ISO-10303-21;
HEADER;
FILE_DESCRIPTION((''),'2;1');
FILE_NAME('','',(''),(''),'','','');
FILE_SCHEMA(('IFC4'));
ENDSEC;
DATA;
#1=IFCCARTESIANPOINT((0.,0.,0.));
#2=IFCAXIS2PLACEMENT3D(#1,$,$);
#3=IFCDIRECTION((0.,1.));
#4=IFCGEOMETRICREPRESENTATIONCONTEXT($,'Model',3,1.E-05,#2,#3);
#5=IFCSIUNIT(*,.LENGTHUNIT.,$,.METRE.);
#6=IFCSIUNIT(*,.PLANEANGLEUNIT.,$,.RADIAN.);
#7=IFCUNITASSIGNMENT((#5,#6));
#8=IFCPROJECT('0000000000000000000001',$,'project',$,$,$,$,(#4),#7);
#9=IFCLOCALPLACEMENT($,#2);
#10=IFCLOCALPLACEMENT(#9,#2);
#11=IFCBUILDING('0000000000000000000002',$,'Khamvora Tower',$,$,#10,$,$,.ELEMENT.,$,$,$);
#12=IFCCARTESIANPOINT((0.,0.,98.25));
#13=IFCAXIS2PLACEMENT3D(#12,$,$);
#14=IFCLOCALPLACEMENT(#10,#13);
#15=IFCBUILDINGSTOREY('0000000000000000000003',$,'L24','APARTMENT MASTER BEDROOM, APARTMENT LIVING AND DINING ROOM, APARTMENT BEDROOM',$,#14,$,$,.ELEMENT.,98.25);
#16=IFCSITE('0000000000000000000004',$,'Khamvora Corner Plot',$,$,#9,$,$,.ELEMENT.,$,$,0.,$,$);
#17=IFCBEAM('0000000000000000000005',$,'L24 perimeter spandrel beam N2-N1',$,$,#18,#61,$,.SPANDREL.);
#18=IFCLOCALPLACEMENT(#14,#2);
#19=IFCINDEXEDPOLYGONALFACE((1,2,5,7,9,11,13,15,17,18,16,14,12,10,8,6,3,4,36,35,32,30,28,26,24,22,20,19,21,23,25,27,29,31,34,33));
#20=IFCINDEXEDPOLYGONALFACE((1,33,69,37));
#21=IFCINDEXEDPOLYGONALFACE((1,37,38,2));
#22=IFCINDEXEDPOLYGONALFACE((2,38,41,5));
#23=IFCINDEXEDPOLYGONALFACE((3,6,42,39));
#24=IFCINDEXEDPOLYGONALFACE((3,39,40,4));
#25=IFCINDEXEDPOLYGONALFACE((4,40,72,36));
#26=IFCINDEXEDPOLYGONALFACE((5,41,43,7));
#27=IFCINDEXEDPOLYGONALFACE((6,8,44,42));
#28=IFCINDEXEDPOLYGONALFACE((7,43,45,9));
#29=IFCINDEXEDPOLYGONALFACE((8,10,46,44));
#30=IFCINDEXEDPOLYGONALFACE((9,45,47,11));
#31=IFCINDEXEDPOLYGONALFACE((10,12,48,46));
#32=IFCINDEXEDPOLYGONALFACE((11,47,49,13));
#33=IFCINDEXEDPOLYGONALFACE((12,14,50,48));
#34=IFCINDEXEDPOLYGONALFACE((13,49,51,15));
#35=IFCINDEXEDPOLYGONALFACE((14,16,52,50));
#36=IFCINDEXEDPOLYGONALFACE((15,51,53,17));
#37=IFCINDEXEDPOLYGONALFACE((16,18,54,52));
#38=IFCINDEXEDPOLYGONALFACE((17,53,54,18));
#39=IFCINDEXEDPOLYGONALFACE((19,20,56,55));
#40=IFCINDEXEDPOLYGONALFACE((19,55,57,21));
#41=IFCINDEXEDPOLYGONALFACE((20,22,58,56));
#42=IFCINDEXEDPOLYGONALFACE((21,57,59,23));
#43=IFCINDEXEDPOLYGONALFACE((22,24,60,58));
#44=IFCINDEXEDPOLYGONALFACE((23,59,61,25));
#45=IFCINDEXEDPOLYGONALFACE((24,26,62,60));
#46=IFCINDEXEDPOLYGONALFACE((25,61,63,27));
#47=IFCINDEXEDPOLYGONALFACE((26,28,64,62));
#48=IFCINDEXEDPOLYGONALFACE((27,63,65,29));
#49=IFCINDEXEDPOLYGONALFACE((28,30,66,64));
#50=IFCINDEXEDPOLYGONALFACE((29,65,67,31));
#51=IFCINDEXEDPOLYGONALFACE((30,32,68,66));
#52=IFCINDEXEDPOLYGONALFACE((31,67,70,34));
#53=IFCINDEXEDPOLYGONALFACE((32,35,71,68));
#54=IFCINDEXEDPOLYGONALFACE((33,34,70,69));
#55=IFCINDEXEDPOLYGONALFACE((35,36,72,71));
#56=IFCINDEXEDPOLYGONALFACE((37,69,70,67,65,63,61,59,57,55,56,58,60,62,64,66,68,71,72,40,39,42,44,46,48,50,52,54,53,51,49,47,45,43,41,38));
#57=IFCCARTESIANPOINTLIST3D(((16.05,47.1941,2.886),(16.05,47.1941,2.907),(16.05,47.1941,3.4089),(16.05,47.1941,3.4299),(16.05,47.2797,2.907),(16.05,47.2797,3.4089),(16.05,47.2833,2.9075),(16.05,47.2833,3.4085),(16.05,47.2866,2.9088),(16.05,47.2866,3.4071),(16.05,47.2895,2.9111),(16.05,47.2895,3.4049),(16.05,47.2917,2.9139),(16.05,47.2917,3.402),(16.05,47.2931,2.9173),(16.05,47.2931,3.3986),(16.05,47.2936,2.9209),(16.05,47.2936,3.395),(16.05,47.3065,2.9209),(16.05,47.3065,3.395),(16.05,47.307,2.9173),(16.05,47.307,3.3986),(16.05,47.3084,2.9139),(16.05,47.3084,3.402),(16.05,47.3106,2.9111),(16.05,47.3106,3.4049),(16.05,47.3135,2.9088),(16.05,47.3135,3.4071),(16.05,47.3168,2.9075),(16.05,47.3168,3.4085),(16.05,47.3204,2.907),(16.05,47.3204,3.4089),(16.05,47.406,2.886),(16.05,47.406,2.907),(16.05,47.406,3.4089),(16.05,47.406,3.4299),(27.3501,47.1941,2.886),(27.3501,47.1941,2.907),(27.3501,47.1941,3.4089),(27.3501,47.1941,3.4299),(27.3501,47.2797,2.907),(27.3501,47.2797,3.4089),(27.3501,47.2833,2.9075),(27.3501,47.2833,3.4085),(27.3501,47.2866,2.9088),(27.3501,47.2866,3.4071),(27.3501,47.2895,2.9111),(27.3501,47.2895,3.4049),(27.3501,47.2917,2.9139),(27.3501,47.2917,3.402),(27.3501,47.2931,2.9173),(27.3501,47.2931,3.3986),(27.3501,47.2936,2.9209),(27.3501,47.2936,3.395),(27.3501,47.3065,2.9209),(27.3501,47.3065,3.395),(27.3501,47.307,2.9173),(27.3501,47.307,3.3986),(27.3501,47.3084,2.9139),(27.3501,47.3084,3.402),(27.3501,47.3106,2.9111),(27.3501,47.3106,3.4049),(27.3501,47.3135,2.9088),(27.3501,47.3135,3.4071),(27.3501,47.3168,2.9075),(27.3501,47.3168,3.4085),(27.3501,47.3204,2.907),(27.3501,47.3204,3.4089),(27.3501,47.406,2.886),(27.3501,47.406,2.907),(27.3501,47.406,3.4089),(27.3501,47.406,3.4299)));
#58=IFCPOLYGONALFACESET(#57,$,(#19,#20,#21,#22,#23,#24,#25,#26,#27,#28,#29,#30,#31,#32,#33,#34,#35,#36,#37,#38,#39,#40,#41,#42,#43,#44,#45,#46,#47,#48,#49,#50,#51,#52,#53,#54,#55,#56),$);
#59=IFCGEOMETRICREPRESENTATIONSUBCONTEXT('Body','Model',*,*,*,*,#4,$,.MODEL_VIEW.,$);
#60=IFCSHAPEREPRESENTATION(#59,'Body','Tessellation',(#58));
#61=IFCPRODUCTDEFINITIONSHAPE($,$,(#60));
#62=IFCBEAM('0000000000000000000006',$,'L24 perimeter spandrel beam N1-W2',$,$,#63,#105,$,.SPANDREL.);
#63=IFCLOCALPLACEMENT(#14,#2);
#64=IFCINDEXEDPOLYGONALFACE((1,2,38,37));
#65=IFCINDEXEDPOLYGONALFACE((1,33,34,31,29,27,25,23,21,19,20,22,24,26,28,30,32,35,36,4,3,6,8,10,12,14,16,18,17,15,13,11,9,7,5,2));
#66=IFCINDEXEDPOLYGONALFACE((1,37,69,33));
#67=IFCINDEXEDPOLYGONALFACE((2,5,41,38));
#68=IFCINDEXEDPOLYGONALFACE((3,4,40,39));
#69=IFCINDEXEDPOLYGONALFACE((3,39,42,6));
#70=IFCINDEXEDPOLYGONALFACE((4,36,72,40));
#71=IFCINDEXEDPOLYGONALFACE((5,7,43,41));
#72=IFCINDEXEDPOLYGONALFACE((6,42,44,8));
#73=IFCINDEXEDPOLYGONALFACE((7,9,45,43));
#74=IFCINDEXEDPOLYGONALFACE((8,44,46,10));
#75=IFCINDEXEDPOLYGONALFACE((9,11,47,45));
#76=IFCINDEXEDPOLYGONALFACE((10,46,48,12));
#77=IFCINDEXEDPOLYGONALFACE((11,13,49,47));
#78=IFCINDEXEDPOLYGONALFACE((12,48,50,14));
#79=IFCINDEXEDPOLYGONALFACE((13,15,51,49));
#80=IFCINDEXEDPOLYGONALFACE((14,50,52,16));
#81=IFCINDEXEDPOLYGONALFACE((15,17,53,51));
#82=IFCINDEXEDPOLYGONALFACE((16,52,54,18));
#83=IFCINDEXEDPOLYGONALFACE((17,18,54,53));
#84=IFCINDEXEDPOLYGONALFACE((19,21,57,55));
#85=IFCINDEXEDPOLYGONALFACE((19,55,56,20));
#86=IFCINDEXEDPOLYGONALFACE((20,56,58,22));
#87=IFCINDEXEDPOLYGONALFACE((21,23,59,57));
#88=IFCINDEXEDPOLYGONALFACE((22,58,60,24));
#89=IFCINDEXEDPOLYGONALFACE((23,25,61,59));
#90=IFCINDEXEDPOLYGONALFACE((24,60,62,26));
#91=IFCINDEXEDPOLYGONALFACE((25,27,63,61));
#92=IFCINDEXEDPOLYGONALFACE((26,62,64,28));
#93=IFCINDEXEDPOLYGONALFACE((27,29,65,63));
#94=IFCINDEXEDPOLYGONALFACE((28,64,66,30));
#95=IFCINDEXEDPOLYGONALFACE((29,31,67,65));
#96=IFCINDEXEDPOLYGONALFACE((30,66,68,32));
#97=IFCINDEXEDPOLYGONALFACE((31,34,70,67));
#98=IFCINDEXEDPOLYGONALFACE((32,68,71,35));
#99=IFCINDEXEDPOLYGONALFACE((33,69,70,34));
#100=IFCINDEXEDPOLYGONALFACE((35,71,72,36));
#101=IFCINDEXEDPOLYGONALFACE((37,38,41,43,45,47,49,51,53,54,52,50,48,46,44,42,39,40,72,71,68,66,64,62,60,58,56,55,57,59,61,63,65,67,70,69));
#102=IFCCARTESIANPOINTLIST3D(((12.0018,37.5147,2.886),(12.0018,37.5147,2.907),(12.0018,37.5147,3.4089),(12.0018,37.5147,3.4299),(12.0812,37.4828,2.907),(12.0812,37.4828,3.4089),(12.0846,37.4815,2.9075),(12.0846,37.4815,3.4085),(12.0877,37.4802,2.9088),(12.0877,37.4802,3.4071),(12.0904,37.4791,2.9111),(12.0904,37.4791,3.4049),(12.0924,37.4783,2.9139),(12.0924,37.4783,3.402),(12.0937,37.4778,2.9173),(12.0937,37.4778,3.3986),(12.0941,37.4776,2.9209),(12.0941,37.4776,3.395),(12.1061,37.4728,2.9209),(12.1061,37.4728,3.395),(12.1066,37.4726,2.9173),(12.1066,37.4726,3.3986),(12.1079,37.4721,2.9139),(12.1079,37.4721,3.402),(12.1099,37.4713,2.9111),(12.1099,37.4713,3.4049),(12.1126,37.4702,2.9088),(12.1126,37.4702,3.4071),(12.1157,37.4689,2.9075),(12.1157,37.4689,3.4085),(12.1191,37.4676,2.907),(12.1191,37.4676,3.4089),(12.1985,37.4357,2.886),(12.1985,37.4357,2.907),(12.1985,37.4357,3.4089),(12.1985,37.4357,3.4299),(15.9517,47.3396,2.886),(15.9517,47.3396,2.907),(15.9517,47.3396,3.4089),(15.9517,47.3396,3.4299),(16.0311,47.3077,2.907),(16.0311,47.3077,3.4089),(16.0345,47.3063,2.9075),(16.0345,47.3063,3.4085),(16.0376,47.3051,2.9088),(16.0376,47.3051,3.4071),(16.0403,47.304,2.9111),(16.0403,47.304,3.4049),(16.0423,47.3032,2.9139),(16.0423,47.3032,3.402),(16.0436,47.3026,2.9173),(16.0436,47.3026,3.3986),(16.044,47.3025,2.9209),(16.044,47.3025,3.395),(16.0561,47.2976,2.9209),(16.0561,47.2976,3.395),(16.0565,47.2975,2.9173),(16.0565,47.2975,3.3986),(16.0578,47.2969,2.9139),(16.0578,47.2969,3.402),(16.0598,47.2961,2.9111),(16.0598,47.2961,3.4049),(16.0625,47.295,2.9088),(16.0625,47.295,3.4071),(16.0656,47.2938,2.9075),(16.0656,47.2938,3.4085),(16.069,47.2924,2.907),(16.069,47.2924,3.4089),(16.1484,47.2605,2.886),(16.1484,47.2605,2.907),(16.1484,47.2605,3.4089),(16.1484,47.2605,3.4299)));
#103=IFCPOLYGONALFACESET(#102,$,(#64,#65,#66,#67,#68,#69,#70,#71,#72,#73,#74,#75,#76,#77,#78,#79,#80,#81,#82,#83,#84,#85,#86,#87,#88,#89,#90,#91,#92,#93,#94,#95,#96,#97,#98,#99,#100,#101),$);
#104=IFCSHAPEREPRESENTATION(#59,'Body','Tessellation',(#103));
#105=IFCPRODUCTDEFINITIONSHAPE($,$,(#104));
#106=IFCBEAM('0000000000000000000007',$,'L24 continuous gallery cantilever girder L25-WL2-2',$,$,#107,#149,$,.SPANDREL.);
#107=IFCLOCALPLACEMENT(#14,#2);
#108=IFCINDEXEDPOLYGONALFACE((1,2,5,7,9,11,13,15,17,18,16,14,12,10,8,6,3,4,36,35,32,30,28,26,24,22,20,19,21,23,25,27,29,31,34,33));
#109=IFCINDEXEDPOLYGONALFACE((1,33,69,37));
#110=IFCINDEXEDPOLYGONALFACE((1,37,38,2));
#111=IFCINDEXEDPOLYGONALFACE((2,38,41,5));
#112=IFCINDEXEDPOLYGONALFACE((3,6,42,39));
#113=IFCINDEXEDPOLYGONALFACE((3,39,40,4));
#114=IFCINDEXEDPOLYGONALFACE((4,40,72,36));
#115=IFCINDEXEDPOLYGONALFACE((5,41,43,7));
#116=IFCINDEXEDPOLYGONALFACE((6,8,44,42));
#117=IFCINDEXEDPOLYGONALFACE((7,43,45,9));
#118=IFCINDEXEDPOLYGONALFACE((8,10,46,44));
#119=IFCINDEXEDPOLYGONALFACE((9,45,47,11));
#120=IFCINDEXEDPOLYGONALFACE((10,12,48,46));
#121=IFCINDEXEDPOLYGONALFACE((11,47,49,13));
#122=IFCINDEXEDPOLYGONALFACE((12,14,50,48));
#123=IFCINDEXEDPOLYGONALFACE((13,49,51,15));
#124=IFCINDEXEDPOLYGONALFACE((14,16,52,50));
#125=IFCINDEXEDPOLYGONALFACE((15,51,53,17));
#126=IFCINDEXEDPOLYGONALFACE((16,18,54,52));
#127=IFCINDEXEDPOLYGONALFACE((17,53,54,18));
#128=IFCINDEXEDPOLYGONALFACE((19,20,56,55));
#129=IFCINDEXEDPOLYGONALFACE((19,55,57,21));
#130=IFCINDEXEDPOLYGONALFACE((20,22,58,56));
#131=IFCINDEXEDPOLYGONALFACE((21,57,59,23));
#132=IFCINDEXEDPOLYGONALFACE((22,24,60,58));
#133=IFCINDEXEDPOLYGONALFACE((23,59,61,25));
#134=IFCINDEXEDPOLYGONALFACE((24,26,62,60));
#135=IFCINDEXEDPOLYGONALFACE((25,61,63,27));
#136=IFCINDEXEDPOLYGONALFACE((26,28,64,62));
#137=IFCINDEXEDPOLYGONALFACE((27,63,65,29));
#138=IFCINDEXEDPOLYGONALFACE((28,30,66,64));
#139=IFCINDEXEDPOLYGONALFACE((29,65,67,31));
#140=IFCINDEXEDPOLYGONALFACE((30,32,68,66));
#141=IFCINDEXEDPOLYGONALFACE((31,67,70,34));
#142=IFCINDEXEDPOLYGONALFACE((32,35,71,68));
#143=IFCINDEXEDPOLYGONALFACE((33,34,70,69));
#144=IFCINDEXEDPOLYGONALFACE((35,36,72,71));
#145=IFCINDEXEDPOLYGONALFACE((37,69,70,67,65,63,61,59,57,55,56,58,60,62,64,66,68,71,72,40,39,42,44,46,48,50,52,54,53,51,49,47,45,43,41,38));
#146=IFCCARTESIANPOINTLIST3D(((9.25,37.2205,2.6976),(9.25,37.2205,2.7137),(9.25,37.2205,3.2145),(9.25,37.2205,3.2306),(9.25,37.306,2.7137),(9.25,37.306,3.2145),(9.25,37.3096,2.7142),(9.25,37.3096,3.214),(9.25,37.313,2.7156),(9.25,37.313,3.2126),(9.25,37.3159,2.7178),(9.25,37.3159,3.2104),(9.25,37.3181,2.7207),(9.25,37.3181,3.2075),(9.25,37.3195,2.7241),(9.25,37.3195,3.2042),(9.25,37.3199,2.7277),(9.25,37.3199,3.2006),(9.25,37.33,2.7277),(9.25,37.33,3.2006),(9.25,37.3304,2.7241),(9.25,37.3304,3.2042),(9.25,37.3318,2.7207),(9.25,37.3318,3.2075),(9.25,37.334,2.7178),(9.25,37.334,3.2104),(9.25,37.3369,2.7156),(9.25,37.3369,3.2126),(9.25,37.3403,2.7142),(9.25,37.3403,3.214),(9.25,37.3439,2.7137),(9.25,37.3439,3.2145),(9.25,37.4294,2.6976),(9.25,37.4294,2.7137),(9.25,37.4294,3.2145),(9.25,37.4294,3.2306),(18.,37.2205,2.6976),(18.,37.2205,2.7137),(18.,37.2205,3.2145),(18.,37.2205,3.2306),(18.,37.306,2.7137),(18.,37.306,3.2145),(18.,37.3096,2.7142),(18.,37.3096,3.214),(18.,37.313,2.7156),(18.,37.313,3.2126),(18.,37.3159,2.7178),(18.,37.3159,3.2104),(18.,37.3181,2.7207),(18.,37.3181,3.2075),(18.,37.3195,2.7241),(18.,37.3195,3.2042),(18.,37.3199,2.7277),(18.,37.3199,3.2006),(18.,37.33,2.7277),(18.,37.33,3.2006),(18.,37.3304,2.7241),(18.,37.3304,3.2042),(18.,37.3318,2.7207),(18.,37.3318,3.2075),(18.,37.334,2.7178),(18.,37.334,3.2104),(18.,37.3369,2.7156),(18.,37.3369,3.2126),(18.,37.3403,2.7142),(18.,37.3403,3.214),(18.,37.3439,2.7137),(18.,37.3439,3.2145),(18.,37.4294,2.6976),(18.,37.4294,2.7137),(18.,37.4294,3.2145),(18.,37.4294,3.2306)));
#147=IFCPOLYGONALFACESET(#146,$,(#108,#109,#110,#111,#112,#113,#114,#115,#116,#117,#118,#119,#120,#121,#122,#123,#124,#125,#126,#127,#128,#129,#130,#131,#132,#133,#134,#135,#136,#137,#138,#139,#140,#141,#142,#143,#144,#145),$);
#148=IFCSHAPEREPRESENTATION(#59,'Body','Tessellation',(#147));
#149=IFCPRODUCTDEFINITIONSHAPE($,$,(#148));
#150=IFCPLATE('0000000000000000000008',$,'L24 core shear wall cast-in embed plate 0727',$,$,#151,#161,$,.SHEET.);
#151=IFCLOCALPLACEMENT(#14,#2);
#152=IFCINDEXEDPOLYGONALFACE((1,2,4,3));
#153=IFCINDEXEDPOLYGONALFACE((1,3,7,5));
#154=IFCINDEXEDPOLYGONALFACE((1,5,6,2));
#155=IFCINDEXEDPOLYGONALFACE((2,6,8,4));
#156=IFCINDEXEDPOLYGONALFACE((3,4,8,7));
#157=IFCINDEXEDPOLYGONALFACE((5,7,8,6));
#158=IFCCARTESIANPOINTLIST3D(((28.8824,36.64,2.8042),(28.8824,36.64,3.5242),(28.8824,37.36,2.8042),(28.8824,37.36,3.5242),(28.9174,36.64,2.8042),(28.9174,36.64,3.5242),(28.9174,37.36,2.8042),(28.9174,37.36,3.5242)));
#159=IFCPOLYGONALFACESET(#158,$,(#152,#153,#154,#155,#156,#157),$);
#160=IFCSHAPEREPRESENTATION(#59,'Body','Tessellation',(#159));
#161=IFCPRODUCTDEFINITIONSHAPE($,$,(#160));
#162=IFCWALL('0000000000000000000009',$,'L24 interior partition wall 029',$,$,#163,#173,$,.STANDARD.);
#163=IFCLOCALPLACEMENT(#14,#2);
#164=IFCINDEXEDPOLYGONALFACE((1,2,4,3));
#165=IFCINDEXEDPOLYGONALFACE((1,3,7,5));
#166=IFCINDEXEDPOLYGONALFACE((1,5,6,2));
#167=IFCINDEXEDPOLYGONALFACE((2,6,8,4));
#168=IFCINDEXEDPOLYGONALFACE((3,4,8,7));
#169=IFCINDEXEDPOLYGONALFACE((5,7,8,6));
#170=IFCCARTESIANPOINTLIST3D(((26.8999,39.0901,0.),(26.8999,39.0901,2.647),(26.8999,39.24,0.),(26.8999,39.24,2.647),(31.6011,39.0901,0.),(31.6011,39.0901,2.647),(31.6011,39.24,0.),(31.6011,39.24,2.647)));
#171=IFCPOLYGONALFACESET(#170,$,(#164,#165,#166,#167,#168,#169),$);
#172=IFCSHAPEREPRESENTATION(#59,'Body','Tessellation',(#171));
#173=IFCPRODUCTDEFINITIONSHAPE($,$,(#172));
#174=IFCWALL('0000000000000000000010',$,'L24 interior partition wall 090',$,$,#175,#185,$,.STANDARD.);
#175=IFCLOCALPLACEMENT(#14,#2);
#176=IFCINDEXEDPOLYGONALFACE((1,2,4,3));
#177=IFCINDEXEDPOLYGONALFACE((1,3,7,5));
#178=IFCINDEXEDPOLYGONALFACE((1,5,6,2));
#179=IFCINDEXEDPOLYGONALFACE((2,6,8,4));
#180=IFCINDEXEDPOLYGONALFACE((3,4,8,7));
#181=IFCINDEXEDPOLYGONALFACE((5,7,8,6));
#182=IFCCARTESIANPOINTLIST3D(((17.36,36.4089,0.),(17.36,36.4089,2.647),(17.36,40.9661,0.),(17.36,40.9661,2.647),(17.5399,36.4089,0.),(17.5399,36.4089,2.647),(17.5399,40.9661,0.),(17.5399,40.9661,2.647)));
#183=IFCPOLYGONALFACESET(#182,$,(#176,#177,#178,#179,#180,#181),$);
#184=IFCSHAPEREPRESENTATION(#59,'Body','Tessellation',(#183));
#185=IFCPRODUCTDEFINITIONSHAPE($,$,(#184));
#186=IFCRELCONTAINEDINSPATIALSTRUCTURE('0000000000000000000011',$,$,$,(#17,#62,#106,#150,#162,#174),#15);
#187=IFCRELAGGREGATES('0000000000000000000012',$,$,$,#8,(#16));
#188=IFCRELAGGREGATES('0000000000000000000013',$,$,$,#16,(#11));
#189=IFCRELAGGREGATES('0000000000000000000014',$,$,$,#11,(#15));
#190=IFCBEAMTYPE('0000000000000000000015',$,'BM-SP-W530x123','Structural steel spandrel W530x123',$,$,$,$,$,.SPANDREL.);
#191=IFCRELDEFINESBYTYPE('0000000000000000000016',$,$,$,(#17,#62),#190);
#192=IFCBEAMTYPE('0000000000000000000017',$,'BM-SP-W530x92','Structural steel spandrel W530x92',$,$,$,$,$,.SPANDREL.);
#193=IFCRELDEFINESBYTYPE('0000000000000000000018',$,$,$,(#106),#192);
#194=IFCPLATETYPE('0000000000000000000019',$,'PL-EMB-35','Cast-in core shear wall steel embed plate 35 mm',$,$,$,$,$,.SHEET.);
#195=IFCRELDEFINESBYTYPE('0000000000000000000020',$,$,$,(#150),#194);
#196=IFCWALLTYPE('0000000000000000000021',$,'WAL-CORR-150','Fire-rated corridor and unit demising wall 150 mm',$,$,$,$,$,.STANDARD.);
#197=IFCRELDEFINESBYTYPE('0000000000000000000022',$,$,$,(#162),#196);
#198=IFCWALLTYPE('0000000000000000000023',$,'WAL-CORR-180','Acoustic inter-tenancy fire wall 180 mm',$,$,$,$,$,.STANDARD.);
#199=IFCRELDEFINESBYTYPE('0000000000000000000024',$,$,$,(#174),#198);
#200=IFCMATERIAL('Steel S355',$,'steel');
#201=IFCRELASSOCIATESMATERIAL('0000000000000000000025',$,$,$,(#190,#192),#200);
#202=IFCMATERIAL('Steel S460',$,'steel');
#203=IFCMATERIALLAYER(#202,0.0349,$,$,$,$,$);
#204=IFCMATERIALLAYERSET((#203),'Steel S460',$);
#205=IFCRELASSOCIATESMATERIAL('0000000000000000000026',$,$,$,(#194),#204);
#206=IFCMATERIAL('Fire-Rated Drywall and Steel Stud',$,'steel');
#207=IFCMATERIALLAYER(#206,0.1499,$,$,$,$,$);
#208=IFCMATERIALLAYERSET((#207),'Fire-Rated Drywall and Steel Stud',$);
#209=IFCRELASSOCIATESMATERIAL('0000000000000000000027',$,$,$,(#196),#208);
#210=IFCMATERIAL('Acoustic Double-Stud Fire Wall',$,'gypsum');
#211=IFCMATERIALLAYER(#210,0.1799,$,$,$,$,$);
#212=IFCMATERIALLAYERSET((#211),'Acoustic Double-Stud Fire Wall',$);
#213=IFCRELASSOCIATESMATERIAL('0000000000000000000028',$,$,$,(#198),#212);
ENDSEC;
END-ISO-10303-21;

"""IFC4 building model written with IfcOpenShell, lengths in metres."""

from ifc_helpers import new_model, si_unit, direction, frame, frame_2d, origin, origin_2d, place, context, subcontext, project, spatial, rectangle, i_section, extrude, material, layer, layer_set, material_profile, profile_set, type_object, element, save


model = new_model("IFC4")

# Units and contexts
model_context = context("Model", 3, precision=1e-05, world=origin(), true_north=direction((0.0, 1.0)))
body_context = subcontext(model_context, "Body", "Model", "MODEL_VIEW")
ifc_project = project(units=[si_unit("LENGTHUNIT", "METRE"), si_unit("PLANEANGLEUNIT", "RADIAN")], contexts=[model_context])

# Site, building, storey
site_placement = place(None, origin())
site = spatial("IfcSite", under=ifc_project, at=site_placement, Name="Khamvora Corner Plot", CompositionType="ELEMENT", RefElevation=0.0)
building_placement = place(site_placement, origin())
building = spatial("IfcBuilding", under=site, at=building_placement, Name="Khamvora Tower", CompositionType="ELEMENT")
storey_placement = place(building_placement, frame((0.0, 0.0, 98.25)))
storey = spatial("IfcBuildingStorey", under=building, at=storey_placement, Name="L24", Description="APARTMENT MASTER BEDROOM, APARTMENT LIVING AND DINING ROOM, APARTMENT BEDROOM", CompositionType="ELEMENT", Elevation=98.25)

# Shared definitions
ifc_material_1 = material(Name="Steel S355", Category="steel")
ifc_material_2 = material(Name="Steel S460", Category="steel")

# Beams
ifc_material_profile_1 = material_profile(ifc_material_1, i_section(OverallWidth=0.2119, OverallDepth=0.5439, WebThickness=0.0129, FlangeThickness=0.021, FilletRadius=0.0139, at=origin_2d()), Name="W530x123")
ifc_profile_set_1 = profile_set([ifc_material_profile_1], Name="Steel S355")
beam_type_1 = type_object("IfcBeamType", Name="BM-SP-W530x123", Description="Structural steel spandrel W530x123", PredefinedType="SPANDREL", material=ifc_profile_set_1)
beam_1_placement = place(storey_placement, frame((27.3501, 47.3, 3.158), z_axis=(-1.0, 0.0, 0.0), x_axis=(0.0, -1.0, 0.0)))
element("IfcBeam", 1, at=beam_1_placement, inside=storey, type_object=beam_type_1, Name="L24 perimeter spandrel beam N2-N1", PredefinedType="SPANDREL", context=body_context, shape_type="SweptSolid", body=[
    extrude(i_section(OverallWidth=0.2119, OverallDepth=0.5439, WebThickness=0.0129, FlangeThickness=0.021, FilletRadius=0.0139, at=origin_2d()), origin(), (0.0, 0.0, 1.0), 11.3),
])
beam_2_placement = place(storey_placement, frame((16.05, 47.3, 3.158), z_axis=(-0.373016, -0.927825, 0.0), x_axis=(0.927825, -0.373016, 0.0)))
element("IfcBeam", 2, at=beam_2_placement, inside=storey, type_object=beam_type_1, Name="L24 perimeter spandrel beam N1-W2", PredefinedType="SPANDREL", context=body_context, shape_type="SweptSolid", body=[
    extrude(i_section(OverallWidth=0.2119, OverallDepth=0.5439, WebThickness=0.0129, FlangeThickness=0.021, FilletRadius=0.0139, at=origin_2d()), origin(), (0.0, 0.0, 1.0), 10.5891),
])
ifc_material_profile_2 = material_profile(ifc_material_1, i_section(OverallWidth=0.209, OverallDepth=0.533, WebThickness=0.01, FlangeThickness=0.0161, FilletRadius=0.0139, at=origin_2d()), Name="W530x92")
ifc_profile_set_2 = profile_set([ifc_material_profile_2], Name="Steel S355")
beam_type_2 = type_object("IfcBeamType", Name="BM-SP-W530x92", Description="Structural steel spandrel W530x92", PredefinedType="SPANDREL", material=ifc_profile_set_2)
beam_3_placement = place(storey_placement, frame((18.0, 37.325, 2.9641), z_axis=(-1.0, 0.0, 0.0), x_axis=(0.0, -1.0, 0.0)))
element("IfcBeam", 3, at=beam_3_placement, inside=storey, type_object=beam_type_2, Name="L24 continuous gallery cantilever girder L25-WL2-2", PredefinedType="SPANDREL", context=body_context, shape_type="SweptSolid", body=[
    extrude(i_section(OverallWidth=0.209, OverallDepth=0.533, WebThickness=0.01, FlangeThickness=0.0161, FilletRadius=0.0139, at=origin_2d()), origin(), (0.0, 0.0, 1.0), 8.75),
])

# Plate
ifc_layer_1 = layer(ifc_material_2, 0.0349)
ifc_layer_set_1 = layer_set([ifc_layer_1], Name="Steel S460")
plate_type = type_object("IfcPlateType", Name="PL-EMB-35", Description="Cast-in core shear wall steel embed plate 35 mm", PredefinedType="SHEET", material=ifc_layer_set_1)
plate_placement = place(storey_placement, frame((28.8999, 37.0, 2.8042), z_axis=(0.0, 0.0, 1.0), x_axis=(1.0, 0.0, 0.0)))
element("IfcPlate", 4, at=plate_placement, inside=storey, type_object=plate_type, Name="L24 core shear wall cast-in embed plate 0727", PredefinedType="SHEET", context=body_context, shape_type="SweptSolid", body=[
    extrude(rectangle(XDim=0.0349, YDim=0.72, at=origin_2d()), origin(), (0.0, 0.0, 1.0), 0.72),
])

# Walls
ifc_material_3 = material(Name="Fire-Rated Drywall and Steel Stud", Category="steel")
ifc_layer_2 = layer(ifc_material_3, 0.1499)
ifc_layer_set_2 = layer_set([ifc_layer_2], Name="Fire-Rated Drywall and Steel Stud")
wall_type_1 = type_object("IfcWallType", Name="WAL-CORR-150", Description="Fire-rated corridor and unit demising wall 150 mm", PredefinedType="STANDARD", material=ifc_layer_set_2)
wall_1_placement = place(storey_placement, frame((26.8999, 39.165, 0.0), z_axis=(0.0, 0.0, 1.0), x_axis=(1.0, 0.0, 0.0)))
element("IfcWall", 5, at=wall_1_placement, inside=storey, type_object=wall_type_1, Name="L24 interior partition wall 029", PredefinedType="STANDARD", context=body_context, shape_type="SweptSolid", body=[
    extrude(rectangle(XDim=4.7012, YDim=0.1499, at=frame_2d((2.3506, 0.0))), origin(), (0.0, 0.0, 1.0), 2.647),
])
ifc_material_4 = material(Name="Acoustic Double-Stud Fire Wall", Category="gypsum")
ifc_layer_3 = layer(ifc_material_4, 0.1799)
ifc_layer_set_3 = layer_set([ifc_layer_3], Name="Acoustic Double-Stud Fire Wall")
wall_type_2 = type_object("IfcWallType", Name="WAL-CORR-180", Description="Acoustic inter-tenancy fire wall 180 mm", PredefinedType="STANDARD", material=ifc_layer_set_3)
wall_2_placement = place(storey_placement, frame((17.45, 40.9661, 0.0), z_axis=(0.0, 0.0, 1.0), x_axis=(0.0, -1.0, 0.0)))
element("IfcWall", 6, at=wall_2_placement, inside=storey, type_object=wall_type_2, Name="L24 interior partition wall 090", PredefinedType="STANDARD", context=body_context, shape_type="SweptSolid", body=[
    extrude(rectangle(XDim=4.5571, YDim=0.1799, at=frame_2d((2.2786, 0.0))), origin(), (0.0, 0.0, 1.0), 2.647),
])

save(model, "model.ifc")
